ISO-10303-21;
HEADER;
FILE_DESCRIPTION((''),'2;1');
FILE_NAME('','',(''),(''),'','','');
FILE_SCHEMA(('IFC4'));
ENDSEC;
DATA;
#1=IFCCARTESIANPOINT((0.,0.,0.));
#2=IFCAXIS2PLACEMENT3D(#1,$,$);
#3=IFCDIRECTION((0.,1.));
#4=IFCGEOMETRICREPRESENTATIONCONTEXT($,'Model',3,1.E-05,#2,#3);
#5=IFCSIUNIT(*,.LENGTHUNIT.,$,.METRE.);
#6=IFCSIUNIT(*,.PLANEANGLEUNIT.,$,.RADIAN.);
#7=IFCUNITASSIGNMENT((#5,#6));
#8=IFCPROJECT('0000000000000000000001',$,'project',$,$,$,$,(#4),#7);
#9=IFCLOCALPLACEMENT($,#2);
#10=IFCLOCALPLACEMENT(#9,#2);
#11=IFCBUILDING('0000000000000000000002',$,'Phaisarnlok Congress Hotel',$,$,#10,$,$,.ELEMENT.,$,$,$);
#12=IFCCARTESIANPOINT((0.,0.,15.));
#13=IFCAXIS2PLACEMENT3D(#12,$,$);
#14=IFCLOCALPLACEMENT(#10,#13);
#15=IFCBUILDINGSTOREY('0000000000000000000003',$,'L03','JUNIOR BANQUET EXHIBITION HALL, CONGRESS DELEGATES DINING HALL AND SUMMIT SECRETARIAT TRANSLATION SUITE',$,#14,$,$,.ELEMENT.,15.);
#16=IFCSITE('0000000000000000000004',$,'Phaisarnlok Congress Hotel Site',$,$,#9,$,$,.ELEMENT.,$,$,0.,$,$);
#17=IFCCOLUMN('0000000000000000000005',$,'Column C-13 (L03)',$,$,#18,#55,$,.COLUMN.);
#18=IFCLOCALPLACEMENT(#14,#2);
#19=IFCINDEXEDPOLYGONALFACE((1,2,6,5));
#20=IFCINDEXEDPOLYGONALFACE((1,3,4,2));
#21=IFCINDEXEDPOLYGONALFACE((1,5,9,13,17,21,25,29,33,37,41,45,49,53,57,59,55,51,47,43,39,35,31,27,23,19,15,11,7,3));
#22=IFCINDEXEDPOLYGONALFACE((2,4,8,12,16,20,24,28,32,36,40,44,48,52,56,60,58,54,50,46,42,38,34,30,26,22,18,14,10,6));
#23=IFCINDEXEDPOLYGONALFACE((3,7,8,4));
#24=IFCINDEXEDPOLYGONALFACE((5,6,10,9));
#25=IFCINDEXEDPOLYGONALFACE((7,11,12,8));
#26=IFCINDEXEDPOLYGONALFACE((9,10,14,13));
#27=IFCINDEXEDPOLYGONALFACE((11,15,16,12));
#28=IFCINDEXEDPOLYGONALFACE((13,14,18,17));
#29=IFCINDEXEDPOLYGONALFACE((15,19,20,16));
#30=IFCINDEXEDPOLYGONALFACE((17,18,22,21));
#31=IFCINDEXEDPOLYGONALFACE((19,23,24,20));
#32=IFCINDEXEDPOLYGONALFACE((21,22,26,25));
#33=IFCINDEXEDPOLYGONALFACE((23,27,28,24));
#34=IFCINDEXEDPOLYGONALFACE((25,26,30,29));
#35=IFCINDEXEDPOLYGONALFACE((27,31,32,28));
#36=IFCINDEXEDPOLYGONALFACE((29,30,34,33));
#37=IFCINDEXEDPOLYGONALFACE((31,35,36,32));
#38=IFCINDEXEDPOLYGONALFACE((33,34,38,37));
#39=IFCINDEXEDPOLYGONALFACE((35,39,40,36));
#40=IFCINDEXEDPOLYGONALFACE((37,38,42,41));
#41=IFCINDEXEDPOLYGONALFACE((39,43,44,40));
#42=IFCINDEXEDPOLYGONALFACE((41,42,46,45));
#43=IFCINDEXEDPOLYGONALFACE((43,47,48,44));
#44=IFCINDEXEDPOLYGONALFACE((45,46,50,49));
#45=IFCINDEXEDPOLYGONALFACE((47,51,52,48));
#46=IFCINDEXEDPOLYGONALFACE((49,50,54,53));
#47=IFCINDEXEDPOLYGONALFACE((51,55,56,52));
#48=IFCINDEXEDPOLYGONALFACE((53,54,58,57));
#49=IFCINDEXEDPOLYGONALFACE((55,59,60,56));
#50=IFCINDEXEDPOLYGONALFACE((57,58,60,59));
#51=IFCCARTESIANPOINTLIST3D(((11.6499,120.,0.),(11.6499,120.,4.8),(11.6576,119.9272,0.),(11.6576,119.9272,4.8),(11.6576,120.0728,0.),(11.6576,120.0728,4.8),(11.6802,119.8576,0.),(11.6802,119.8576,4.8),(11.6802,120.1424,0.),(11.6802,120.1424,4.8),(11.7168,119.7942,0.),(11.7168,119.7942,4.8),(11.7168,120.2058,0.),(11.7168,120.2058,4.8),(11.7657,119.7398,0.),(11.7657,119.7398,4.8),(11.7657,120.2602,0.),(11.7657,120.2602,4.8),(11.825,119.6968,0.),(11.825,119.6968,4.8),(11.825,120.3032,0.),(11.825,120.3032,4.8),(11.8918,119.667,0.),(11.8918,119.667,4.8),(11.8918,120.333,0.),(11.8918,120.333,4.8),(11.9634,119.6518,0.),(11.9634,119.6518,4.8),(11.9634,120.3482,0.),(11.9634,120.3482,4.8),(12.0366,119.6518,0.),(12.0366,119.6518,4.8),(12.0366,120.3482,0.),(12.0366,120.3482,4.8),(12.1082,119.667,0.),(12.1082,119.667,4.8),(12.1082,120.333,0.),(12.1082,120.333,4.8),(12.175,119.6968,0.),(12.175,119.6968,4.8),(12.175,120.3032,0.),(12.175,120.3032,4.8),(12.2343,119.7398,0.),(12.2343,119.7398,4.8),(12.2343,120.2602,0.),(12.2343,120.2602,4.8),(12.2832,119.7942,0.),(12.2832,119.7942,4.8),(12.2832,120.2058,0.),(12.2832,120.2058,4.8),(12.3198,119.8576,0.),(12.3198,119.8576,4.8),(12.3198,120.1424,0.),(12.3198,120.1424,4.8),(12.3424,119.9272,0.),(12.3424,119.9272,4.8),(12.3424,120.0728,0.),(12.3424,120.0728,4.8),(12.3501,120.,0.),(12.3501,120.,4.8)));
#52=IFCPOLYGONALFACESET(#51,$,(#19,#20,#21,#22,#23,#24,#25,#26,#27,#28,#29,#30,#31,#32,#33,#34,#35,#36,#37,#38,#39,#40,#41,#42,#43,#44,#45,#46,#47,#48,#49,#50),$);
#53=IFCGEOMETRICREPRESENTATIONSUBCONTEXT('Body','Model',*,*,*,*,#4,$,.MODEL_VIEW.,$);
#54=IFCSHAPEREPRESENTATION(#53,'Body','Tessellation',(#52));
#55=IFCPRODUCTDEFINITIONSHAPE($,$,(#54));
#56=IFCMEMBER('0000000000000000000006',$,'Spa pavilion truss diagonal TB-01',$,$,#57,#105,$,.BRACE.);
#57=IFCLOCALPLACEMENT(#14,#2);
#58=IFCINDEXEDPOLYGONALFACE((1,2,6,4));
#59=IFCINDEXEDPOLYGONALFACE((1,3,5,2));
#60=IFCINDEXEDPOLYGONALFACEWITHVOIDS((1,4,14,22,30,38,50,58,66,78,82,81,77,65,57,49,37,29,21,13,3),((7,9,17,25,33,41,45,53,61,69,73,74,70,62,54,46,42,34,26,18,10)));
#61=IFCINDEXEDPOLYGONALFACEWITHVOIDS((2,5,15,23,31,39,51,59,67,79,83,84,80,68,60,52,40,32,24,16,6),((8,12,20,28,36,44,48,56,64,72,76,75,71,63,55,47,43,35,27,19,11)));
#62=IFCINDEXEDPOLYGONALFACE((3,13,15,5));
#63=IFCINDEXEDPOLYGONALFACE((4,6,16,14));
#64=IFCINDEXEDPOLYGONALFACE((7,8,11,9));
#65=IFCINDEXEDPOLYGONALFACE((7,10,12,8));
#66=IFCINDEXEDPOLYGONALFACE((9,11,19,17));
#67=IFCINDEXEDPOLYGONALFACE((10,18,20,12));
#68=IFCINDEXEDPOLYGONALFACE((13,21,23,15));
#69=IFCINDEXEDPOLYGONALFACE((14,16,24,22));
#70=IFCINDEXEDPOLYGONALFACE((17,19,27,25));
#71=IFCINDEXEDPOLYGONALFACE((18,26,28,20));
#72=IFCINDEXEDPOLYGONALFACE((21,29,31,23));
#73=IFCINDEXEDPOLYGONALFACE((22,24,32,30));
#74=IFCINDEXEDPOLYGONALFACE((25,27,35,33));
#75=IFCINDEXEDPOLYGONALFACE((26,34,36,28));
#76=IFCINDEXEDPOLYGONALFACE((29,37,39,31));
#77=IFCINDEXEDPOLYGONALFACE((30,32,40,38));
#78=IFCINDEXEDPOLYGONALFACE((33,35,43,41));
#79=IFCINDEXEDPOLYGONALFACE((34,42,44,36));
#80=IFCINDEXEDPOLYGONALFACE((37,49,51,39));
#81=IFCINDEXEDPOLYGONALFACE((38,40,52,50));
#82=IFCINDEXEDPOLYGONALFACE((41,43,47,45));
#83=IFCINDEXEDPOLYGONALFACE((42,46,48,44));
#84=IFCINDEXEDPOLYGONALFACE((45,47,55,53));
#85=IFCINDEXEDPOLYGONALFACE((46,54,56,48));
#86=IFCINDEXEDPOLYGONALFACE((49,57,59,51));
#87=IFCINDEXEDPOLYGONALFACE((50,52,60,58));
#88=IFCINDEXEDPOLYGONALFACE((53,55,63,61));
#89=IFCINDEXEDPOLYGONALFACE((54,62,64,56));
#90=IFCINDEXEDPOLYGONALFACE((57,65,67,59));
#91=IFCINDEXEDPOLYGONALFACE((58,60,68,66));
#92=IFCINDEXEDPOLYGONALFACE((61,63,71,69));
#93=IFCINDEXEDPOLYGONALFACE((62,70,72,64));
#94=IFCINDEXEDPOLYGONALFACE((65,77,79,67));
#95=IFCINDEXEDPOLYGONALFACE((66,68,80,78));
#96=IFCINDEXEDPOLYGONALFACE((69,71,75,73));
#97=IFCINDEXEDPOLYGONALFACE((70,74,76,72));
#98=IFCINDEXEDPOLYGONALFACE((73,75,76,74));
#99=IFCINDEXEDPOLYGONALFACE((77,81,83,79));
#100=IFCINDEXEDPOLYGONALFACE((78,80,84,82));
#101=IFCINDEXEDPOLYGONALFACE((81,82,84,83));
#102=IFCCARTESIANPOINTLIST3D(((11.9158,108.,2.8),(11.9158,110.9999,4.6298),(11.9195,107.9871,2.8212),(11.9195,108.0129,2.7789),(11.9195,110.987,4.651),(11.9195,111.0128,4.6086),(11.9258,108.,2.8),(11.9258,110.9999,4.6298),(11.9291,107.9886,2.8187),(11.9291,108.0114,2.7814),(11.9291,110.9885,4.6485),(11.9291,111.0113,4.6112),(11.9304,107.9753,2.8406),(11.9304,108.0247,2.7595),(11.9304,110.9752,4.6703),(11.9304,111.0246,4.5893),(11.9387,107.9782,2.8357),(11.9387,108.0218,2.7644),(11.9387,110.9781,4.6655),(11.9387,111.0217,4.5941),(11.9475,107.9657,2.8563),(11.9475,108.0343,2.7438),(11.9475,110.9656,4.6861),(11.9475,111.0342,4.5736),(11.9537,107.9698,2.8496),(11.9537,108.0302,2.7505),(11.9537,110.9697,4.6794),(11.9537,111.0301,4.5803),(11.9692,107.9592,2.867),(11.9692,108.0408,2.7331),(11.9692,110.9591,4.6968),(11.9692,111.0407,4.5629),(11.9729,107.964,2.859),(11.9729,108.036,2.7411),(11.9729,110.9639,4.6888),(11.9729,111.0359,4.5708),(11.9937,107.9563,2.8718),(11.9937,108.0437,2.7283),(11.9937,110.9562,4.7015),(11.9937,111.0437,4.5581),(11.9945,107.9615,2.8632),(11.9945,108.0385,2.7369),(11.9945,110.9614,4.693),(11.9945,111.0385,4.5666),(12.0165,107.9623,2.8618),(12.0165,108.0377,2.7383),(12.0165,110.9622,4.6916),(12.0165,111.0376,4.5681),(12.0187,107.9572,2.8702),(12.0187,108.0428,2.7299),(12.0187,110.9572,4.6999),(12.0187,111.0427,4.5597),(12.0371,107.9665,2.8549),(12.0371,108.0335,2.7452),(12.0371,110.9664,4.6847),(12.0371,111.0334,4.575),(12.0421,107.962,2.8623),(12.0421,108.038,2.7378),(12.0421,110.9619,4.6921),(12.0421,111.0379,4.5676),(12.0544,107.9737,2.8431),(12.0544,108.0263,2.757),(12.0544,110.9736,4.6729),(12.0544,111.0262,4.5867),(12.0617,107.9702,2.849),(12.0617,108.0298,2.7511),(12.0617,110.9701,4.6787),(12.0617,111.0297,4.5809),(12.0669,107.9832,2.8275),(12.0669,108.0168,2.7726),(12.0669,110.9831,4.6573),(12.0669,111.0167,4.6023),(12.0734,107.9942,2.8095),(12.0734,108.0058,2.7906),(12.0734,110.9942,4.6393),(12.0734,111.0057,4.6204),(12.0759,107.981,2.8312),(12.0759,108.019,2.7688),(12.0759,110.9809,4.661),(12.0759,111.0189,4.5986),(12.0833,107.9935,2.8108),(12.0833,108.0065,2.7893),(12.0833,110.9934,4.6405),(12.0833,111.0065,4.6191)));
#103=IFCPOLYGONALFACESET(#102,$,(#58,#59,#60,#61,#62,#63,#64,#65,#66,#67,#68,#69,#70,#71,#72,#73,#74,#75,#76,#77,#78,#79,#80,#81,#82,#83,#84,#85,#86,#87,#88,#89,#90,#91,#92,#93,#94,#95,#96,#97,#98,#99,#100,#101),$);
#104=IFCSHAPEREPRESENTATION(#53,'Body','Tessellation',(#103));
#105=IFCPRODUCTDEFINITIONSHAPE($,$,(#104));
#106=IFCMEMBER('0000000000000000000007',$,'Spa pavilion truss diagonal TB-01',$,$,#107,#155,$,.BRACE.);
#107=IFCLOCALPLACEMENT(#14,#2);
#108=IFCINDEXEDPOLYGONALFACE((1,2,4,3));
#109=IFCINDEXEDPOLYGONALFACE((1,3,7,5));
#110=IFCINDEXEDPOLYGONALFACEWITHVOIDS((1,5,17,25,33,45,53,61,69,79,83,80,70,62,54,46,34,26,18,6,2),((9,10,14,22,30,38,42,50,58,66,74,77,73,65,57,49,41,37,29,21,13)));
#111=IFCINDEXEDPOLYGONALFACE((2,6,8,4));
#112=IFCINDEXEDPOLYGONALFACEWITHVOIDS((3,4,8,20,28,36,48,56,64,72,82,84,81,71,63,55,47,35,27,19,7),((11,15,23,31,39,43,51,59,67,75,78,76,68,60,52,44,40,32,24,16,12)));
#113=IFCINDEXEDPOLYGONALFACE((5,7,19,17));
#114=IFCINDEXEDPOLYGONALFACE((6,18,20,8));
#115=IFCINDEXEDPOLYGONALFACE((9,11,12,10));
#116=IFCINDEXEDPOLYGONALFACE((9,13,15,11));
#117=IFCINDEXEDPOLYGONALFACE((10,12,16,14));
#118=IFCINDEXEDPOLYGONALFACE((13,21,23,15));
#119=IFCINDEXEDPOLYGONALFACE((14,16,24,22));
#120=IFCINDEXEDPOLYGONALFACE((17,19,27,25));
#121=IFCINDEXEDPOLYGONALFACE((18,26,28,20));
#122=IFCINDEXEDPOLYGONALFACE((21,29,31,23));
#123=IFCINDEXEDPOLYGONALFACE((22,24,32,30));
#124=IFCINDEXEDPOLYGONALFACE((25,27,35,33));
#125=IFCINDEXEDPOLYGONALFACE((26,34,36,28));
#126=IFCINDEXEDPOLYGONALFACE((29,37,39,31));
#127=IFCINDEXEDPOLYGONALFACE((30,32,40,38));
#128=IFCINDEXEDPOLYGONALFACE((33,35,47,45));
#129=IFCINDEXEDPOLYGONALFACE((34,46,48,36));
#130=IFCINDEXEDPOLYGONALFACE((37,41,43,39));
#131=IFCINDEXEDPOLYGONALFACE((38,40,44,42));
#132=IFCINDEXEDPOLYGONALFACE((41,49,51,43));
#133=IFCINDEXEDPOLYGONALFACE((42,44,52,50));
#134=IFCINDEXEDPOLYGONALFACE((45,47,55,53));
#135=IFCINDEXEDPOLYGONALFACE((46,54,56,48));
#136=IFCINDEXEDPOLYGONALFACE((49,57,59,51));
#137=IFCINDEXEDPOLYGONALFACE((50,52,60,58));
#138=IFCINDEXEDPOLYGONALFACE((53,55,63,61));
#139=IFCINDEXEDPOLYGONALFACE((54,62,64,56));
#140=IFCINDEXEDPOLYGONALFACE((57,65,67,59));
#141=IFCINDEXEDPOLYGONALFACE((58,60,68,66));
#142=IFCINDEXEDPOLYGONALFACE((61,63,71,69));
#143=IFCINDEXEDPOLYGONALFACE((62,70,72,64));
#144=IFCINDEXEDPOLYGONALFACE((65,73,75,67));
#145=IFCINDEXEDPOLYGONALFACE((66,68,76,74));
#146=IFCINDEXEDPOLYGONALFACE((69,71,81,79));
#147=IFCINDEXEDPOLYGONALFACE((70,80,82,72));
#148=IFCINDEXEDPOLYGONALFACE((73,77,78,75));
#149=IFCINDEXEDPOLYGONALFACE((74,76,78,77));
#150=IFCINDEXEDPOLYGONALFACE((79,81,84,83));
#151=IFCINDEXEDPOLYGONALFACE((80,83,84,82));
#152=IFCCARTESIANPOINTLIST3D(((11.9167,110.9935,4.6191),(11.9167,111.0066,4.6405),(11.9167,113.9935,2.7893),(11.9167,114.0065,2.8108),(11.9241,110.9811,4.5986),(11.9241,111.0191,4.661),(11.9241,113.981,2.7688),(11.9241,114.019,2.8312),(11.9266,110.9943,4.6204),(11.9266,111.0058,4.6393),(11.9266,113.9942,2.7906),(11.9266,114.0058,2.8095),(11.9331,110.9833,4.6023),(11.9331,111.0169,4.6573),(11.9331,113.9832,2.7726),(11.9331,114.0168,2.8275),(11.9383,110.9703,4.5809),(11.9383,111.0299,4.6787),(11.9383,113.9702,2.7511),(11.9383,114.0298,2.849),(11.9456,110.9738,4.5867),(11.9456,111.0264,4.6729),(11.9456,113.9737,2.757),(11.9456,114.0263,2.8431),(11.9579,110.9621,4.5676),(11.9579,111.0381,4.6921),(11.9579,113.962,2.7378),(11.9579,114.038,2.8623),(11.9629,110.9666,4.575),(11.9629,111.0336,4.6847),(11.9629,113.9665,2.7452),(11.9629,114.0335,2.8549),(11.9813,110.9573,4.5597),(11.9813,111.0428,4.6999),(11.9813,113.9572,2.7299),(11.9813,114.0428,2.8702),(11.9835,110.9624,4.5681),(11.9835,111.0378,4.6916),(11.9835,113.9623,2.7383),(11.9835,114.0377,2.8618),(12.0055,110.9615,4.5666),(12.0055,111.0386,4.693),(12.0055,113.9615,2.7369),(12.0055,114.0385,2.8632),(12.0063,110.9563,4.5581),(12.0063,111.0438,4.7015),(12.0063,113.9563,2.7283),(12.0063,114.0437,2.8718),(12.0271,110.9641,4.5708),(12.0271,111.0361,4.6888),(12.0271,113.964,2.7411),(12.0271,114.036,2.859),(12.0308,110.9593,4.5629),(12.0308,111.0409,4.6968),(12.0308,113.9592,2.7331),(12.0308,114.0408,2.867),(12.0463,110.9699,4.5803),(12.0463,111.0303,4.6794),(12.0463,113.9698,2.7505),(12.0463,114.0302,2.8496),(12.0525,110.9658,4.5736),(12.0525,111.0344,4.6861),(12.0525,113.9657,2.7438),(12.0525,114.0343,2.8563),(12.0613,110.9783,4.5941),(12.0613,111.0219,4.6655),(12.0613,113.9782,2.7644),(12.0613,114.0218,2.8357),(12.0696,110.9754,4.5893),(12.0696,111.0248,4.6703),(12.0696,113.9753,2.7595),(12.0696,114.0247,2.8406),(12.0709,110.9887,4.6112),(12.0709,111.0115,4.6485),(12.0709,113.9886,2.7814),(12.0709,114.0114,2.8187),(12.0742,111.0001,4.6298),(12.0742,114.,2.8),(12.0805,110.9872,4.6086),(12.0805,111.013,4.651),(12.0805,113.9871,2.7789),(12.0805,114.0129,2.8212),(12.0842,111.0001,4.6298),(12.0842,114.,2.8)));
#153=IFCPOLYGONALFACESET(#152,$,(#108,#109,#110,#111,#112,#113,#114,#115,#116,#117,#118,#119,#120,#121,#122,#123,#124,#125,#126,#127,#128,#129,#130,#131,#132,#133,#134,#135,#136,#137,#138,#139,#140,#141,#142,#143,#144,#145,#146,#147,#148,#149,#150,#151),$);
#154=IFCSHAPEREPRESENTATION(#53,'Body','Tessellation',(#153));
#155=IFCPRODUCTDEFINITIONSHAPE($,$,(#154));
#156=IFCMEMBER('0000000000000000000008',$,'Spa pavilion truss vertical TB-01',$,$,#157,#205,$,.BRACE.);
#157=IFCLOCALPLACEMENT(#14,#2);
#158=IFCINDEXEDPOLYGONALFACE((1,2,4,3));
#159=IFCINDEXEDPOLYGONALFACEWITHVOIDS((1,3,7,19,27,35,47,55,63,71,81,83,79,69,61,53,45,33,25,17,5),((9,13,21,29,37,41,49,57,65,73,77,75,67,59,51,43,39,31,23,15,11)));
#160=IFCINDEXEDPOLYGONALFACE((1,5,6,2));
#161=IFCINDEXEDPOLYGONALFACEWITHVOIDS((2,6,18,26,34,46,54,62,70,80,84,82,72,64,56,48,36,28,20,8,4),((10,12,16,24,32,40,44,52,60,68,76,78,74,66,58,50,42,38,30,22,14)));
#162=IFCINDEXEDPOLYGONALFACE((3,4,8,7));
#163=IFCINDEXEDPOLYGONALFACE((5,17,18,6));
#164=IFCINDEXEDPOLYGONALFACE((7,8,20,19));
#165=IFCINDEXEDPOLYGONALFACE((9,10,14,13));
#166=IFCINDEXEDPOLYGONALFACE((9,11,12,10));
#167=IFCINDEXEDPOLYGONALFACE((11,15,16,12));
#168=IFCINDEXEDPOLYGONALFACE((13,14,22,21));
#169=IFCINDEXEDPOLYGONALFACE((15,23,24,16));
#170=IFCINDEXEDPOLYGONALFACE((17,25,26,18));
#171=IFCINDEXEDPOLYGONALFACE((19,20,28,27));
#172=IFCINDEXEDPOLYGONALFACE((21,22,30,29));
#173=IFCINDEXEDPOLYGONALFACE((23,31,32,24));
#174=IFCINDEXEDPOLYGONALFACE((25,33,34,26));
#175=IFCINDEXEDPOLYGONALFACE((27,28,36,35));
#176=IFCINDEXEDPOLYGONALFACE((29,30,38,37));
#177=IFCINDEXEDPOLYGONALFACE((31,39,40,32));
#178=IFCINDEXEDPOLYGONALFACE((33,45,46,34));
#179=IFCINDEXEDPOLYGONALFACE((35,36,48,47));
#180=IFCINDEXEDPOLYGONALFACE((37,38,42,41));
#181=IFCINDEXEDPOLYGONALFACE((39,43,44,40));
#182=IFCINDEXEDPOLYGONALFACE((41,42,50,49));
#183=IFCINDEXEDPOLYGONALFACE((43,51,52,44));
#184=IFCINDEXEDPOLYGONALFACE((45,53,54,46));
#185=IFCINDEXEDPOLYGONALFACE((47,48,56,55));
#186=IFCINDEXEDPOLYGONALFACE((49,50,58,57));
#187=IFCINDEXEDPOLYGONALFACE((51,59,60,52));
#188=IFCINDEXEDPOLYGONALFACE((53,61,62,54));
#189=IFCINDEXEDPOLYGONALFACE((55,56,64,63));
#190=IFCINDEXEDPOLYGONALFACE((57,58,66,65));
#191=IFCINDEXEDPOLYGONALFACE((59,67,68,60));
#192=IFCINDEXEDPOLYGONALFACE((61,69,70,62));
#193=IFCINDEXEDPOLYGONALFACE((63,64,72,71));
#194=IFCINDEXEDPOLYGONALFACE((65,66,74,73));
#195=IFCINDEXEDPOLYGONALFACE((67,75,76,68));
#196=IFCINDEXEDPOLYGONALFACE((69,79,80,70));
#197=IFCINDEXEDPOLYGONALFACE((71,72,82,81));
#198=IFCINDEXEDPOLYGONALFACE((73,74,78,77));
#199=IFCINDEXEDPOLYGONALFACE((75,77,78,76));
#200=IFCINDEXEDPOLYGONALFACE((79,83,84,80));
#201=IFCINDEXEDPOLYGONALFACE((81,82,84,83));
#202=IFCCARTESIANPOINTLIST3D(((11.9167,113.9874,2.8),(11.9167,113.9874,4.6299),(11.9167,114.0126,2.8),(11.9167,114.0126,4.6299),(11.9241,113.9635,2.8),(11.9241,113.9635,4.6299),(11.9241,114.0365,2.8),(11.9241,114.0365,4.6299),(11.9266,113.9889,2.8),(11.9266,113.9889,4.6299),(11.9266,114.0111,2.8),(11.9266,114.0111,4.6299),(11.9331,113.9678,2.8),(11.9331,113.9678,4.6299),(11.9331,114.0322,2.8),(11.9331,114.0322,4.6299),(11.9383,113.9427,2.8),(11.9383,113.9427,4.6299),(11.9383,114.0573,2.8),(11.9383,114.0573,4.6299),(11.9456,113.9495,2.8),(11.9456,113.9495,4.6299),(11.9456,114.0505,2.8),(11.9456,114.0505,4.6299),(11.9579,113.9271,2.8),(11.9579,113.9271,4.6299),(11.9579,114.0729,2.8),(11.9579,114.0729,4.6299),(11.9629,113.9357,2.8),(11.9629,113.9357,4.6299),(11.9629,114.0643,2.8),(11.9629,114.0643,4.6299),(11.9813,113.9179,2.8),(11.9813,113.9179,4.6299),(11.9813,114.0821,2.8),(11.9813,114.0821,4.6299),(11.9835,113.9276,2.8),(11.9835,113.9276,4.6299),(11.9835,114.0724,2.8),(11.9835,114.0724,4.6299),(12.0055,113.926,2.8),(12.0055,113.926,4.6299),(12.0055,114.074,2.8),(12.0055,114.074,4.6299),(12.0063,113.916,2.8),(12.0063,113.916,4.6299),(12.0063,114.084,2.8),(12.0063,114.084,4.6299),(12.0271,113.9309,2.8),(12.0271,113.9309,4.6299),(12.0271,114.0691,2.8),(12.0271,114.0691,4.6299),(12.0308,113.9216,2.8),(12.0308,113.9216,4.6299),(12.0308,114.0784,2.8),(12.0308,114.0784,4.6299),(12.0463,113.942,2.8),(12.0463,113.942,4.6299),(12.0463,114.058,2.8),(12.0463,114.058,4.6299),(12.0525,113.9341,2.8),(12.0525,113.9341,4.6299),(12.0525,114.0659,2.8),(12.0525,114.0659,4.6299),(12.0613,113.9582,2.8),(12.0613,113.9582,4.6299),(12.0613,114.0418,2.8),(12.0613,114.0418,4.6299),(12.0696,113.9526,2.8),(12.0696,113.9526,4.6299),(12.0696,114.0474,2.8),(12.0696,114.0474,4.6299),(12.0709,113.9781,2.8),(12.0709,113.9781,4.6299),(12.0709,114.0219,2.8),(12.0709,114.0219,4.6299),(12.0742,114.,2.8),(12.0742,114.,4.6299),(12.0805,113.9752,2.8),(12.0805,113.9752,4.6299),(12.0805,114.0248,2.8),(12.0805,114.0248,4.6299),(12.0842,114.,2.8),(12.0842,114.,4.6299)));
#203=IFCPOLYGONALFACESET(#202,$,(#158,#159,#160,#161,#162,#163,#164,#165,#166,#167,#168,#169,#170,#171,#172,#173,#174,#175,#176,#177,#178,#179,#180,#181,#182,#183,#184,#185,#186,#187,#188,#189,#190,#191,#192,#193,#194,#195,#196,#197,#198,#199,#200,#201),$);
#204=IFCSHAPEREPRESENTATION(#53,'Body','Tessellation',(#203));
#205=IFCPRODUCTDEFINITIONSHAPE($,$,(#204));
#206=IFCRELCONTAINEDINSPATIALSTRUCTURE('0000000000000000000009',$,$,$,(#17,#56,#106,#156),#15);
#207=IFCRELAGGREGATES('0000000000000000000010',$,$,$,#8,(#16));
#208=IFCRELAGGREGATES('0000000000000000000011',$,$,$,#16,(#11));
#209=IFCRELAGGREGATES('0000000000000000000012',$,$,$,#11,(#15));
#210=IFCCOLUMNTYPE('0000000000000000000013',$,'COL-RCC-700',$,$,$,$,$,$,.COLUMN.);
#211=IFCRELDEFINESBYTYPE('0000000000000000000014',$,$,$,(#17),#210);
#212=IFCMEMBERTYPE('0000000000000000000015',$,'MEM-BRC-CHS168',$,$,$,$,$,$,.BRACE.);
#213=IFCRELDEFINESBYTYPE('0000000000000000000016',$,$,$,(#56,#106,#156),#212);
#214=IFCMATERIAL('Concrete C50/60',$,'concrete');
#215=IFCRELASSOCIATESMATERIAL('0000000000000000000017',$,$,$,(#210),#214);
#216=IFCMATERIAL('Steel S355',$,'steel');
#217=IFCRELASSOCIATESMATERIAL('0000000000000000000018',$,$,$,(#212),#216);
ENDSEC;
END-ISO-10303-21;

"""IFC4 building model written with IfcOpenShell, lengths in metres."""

from ifc_helpers import new_model, si_unit, direction, frame, origin, origin_2d, place, context, subcontext, project, spatial, circle, hollow_circle, extrude, material, material_profile, profile_set, type_object, element, save


model = new_model("IFC4")

# Units and contexts
model_context = context("Model", 3, precision=1e-05, world=origin(), true_north=direction((0.0, 1.0)))
body_context = subcontext(model_context, "Body", "Model", "MODEL_VIEW")
ifc_project = project(units=[si_unit("LENGTHUNIT", "METRE"), si_unit("PLANEANGLEUNIT", "RADIAN")], contexts=[model_context])

# Site, building, storey
site_placement = place(None, origin())
site = spatial("IfcSite", under=ifc_project, at=site_placement, Name="Phaisarnlok Congress Hotel Site", CompositionType="ELEMENT", RefElevation=0.0)
building_placement = place(site_placement, origin())
building = spatial("IfcBuilding", under=site, at=building_placement, Name="Phaisarnlok Congress Hotel", CompositionType="ELEMENT")
storey_placement = place(building_placement, frame((0.0, 0.0, 15.0)))
storey = spatial("IfcBuildingStorey", under=building, at=storey_placement, Name="L03", Description="JUNIOR BANQUET EXHIBITION HALL, CONGRESS DELEGATES DINING HALL AND SUMMIT SECRETARIAT TRANSLATION SUITE", CompositionType="ELEMENT", Elevation=15.0)

# Column
ifc_material_1 = material(Name="Concrete C50/60", Category="concrete")
ifc_material_profile_1 = material_profile(ifc_material_1, circle(Radius=0.3501, at=origin_2d()), Name="RCC D700")
ifc_profile_set_1 = profile_set([ifc_material_profile_1], Name="Concrete C50/60")
column_type = type_object("IfcColumnType", Name="COL-RCC-700", PredefinedType="COLUMN", material=ifc_profile_set_1)
column_placement = place(storey_placement, frame((12.0, 120.0, 0.0), z_axis=(0.0, 0.0, 1.0), x_axis=(1.0, 0.0, 0.0)))
element("IfcColumn", 1, at=column_placement, inside=storey, type_object=column_type, Name="Column C-13 (L03)", PredefinedType="COLUMN", context=body_context, shape_type="SweptSolid", body=[
    extrude(circle(Radius=0.3501, at=origin_2d()), origin(), (0.0, 0.0, 1.0), 4.8),
])

# Members
ifc_material_2 = material(Name="Steel S355", Category="steel")
ifc_material_profile_2 = material_profile(ifc_material_2, hollow_circle(Radius=0.0842, WallThickness=0.01, at=origin_2d()), Name="CHS 168.3x10")
ifc_profile_set_2 = profile_set([ifc_material_profile_2], Name="Steel S355")
member_type_1 = type_object("IfcMemberType", Name="MEM-BRC-CHS168", PredefinedType="BRACE", material=ifc_profile_set_2)
for number, where, z_axis, x_axis, name in (
    (2, (12.0, 108.0, 2.8), (0.0, 0.853725, 0.520725), (-1.0, 0.0, 0.0), "Spa pavilion truss diagonal TB-01"),
    (3, (12.0, 114.0, 2.8), (0.0, -0.853725, 0.520725), (1.0, 0.0, 0.0), "Spa pavilion truss diagonal TB-01"),
):
    element("IfcMember", number, at=place(storey_placement, frame(where, z_axis=z_axis, x_axis=x_axis)), inside=storey, type_object=member_type_1, Name=name, PredefinedType="BRACE", context=body_context, shape_type="SweptSolid", body=[
        extrude(hollow_circle(Radius=0.0842, WallThickness=0.01, at=origin_2d()), origin(), (0.0, 0.0, 1.0), 3.5139),
    ])
member_1_placement = place(storey_placement, frame((12.0, 114.0, 2.8), z_axis=(0.0, 0.0, 1.0), x_axis=(1.0, 0.0, 0.0)))
element("IfcMember", 4, at=member_1_placement, inside=storey, type_object=member_type_1, Name="Spa pavilion truss vertical TB-01", PredefinedType="BRACE", context=body_context, shape_type="SweptSolid", body=[
    extrude(hollow_circle(Radius=0.0842, WallThickness=0.01, at=origin_2d()), origin(), (0.0, 0.0, 1.0), 1.8298),
])

save(model, "model.ifc")
